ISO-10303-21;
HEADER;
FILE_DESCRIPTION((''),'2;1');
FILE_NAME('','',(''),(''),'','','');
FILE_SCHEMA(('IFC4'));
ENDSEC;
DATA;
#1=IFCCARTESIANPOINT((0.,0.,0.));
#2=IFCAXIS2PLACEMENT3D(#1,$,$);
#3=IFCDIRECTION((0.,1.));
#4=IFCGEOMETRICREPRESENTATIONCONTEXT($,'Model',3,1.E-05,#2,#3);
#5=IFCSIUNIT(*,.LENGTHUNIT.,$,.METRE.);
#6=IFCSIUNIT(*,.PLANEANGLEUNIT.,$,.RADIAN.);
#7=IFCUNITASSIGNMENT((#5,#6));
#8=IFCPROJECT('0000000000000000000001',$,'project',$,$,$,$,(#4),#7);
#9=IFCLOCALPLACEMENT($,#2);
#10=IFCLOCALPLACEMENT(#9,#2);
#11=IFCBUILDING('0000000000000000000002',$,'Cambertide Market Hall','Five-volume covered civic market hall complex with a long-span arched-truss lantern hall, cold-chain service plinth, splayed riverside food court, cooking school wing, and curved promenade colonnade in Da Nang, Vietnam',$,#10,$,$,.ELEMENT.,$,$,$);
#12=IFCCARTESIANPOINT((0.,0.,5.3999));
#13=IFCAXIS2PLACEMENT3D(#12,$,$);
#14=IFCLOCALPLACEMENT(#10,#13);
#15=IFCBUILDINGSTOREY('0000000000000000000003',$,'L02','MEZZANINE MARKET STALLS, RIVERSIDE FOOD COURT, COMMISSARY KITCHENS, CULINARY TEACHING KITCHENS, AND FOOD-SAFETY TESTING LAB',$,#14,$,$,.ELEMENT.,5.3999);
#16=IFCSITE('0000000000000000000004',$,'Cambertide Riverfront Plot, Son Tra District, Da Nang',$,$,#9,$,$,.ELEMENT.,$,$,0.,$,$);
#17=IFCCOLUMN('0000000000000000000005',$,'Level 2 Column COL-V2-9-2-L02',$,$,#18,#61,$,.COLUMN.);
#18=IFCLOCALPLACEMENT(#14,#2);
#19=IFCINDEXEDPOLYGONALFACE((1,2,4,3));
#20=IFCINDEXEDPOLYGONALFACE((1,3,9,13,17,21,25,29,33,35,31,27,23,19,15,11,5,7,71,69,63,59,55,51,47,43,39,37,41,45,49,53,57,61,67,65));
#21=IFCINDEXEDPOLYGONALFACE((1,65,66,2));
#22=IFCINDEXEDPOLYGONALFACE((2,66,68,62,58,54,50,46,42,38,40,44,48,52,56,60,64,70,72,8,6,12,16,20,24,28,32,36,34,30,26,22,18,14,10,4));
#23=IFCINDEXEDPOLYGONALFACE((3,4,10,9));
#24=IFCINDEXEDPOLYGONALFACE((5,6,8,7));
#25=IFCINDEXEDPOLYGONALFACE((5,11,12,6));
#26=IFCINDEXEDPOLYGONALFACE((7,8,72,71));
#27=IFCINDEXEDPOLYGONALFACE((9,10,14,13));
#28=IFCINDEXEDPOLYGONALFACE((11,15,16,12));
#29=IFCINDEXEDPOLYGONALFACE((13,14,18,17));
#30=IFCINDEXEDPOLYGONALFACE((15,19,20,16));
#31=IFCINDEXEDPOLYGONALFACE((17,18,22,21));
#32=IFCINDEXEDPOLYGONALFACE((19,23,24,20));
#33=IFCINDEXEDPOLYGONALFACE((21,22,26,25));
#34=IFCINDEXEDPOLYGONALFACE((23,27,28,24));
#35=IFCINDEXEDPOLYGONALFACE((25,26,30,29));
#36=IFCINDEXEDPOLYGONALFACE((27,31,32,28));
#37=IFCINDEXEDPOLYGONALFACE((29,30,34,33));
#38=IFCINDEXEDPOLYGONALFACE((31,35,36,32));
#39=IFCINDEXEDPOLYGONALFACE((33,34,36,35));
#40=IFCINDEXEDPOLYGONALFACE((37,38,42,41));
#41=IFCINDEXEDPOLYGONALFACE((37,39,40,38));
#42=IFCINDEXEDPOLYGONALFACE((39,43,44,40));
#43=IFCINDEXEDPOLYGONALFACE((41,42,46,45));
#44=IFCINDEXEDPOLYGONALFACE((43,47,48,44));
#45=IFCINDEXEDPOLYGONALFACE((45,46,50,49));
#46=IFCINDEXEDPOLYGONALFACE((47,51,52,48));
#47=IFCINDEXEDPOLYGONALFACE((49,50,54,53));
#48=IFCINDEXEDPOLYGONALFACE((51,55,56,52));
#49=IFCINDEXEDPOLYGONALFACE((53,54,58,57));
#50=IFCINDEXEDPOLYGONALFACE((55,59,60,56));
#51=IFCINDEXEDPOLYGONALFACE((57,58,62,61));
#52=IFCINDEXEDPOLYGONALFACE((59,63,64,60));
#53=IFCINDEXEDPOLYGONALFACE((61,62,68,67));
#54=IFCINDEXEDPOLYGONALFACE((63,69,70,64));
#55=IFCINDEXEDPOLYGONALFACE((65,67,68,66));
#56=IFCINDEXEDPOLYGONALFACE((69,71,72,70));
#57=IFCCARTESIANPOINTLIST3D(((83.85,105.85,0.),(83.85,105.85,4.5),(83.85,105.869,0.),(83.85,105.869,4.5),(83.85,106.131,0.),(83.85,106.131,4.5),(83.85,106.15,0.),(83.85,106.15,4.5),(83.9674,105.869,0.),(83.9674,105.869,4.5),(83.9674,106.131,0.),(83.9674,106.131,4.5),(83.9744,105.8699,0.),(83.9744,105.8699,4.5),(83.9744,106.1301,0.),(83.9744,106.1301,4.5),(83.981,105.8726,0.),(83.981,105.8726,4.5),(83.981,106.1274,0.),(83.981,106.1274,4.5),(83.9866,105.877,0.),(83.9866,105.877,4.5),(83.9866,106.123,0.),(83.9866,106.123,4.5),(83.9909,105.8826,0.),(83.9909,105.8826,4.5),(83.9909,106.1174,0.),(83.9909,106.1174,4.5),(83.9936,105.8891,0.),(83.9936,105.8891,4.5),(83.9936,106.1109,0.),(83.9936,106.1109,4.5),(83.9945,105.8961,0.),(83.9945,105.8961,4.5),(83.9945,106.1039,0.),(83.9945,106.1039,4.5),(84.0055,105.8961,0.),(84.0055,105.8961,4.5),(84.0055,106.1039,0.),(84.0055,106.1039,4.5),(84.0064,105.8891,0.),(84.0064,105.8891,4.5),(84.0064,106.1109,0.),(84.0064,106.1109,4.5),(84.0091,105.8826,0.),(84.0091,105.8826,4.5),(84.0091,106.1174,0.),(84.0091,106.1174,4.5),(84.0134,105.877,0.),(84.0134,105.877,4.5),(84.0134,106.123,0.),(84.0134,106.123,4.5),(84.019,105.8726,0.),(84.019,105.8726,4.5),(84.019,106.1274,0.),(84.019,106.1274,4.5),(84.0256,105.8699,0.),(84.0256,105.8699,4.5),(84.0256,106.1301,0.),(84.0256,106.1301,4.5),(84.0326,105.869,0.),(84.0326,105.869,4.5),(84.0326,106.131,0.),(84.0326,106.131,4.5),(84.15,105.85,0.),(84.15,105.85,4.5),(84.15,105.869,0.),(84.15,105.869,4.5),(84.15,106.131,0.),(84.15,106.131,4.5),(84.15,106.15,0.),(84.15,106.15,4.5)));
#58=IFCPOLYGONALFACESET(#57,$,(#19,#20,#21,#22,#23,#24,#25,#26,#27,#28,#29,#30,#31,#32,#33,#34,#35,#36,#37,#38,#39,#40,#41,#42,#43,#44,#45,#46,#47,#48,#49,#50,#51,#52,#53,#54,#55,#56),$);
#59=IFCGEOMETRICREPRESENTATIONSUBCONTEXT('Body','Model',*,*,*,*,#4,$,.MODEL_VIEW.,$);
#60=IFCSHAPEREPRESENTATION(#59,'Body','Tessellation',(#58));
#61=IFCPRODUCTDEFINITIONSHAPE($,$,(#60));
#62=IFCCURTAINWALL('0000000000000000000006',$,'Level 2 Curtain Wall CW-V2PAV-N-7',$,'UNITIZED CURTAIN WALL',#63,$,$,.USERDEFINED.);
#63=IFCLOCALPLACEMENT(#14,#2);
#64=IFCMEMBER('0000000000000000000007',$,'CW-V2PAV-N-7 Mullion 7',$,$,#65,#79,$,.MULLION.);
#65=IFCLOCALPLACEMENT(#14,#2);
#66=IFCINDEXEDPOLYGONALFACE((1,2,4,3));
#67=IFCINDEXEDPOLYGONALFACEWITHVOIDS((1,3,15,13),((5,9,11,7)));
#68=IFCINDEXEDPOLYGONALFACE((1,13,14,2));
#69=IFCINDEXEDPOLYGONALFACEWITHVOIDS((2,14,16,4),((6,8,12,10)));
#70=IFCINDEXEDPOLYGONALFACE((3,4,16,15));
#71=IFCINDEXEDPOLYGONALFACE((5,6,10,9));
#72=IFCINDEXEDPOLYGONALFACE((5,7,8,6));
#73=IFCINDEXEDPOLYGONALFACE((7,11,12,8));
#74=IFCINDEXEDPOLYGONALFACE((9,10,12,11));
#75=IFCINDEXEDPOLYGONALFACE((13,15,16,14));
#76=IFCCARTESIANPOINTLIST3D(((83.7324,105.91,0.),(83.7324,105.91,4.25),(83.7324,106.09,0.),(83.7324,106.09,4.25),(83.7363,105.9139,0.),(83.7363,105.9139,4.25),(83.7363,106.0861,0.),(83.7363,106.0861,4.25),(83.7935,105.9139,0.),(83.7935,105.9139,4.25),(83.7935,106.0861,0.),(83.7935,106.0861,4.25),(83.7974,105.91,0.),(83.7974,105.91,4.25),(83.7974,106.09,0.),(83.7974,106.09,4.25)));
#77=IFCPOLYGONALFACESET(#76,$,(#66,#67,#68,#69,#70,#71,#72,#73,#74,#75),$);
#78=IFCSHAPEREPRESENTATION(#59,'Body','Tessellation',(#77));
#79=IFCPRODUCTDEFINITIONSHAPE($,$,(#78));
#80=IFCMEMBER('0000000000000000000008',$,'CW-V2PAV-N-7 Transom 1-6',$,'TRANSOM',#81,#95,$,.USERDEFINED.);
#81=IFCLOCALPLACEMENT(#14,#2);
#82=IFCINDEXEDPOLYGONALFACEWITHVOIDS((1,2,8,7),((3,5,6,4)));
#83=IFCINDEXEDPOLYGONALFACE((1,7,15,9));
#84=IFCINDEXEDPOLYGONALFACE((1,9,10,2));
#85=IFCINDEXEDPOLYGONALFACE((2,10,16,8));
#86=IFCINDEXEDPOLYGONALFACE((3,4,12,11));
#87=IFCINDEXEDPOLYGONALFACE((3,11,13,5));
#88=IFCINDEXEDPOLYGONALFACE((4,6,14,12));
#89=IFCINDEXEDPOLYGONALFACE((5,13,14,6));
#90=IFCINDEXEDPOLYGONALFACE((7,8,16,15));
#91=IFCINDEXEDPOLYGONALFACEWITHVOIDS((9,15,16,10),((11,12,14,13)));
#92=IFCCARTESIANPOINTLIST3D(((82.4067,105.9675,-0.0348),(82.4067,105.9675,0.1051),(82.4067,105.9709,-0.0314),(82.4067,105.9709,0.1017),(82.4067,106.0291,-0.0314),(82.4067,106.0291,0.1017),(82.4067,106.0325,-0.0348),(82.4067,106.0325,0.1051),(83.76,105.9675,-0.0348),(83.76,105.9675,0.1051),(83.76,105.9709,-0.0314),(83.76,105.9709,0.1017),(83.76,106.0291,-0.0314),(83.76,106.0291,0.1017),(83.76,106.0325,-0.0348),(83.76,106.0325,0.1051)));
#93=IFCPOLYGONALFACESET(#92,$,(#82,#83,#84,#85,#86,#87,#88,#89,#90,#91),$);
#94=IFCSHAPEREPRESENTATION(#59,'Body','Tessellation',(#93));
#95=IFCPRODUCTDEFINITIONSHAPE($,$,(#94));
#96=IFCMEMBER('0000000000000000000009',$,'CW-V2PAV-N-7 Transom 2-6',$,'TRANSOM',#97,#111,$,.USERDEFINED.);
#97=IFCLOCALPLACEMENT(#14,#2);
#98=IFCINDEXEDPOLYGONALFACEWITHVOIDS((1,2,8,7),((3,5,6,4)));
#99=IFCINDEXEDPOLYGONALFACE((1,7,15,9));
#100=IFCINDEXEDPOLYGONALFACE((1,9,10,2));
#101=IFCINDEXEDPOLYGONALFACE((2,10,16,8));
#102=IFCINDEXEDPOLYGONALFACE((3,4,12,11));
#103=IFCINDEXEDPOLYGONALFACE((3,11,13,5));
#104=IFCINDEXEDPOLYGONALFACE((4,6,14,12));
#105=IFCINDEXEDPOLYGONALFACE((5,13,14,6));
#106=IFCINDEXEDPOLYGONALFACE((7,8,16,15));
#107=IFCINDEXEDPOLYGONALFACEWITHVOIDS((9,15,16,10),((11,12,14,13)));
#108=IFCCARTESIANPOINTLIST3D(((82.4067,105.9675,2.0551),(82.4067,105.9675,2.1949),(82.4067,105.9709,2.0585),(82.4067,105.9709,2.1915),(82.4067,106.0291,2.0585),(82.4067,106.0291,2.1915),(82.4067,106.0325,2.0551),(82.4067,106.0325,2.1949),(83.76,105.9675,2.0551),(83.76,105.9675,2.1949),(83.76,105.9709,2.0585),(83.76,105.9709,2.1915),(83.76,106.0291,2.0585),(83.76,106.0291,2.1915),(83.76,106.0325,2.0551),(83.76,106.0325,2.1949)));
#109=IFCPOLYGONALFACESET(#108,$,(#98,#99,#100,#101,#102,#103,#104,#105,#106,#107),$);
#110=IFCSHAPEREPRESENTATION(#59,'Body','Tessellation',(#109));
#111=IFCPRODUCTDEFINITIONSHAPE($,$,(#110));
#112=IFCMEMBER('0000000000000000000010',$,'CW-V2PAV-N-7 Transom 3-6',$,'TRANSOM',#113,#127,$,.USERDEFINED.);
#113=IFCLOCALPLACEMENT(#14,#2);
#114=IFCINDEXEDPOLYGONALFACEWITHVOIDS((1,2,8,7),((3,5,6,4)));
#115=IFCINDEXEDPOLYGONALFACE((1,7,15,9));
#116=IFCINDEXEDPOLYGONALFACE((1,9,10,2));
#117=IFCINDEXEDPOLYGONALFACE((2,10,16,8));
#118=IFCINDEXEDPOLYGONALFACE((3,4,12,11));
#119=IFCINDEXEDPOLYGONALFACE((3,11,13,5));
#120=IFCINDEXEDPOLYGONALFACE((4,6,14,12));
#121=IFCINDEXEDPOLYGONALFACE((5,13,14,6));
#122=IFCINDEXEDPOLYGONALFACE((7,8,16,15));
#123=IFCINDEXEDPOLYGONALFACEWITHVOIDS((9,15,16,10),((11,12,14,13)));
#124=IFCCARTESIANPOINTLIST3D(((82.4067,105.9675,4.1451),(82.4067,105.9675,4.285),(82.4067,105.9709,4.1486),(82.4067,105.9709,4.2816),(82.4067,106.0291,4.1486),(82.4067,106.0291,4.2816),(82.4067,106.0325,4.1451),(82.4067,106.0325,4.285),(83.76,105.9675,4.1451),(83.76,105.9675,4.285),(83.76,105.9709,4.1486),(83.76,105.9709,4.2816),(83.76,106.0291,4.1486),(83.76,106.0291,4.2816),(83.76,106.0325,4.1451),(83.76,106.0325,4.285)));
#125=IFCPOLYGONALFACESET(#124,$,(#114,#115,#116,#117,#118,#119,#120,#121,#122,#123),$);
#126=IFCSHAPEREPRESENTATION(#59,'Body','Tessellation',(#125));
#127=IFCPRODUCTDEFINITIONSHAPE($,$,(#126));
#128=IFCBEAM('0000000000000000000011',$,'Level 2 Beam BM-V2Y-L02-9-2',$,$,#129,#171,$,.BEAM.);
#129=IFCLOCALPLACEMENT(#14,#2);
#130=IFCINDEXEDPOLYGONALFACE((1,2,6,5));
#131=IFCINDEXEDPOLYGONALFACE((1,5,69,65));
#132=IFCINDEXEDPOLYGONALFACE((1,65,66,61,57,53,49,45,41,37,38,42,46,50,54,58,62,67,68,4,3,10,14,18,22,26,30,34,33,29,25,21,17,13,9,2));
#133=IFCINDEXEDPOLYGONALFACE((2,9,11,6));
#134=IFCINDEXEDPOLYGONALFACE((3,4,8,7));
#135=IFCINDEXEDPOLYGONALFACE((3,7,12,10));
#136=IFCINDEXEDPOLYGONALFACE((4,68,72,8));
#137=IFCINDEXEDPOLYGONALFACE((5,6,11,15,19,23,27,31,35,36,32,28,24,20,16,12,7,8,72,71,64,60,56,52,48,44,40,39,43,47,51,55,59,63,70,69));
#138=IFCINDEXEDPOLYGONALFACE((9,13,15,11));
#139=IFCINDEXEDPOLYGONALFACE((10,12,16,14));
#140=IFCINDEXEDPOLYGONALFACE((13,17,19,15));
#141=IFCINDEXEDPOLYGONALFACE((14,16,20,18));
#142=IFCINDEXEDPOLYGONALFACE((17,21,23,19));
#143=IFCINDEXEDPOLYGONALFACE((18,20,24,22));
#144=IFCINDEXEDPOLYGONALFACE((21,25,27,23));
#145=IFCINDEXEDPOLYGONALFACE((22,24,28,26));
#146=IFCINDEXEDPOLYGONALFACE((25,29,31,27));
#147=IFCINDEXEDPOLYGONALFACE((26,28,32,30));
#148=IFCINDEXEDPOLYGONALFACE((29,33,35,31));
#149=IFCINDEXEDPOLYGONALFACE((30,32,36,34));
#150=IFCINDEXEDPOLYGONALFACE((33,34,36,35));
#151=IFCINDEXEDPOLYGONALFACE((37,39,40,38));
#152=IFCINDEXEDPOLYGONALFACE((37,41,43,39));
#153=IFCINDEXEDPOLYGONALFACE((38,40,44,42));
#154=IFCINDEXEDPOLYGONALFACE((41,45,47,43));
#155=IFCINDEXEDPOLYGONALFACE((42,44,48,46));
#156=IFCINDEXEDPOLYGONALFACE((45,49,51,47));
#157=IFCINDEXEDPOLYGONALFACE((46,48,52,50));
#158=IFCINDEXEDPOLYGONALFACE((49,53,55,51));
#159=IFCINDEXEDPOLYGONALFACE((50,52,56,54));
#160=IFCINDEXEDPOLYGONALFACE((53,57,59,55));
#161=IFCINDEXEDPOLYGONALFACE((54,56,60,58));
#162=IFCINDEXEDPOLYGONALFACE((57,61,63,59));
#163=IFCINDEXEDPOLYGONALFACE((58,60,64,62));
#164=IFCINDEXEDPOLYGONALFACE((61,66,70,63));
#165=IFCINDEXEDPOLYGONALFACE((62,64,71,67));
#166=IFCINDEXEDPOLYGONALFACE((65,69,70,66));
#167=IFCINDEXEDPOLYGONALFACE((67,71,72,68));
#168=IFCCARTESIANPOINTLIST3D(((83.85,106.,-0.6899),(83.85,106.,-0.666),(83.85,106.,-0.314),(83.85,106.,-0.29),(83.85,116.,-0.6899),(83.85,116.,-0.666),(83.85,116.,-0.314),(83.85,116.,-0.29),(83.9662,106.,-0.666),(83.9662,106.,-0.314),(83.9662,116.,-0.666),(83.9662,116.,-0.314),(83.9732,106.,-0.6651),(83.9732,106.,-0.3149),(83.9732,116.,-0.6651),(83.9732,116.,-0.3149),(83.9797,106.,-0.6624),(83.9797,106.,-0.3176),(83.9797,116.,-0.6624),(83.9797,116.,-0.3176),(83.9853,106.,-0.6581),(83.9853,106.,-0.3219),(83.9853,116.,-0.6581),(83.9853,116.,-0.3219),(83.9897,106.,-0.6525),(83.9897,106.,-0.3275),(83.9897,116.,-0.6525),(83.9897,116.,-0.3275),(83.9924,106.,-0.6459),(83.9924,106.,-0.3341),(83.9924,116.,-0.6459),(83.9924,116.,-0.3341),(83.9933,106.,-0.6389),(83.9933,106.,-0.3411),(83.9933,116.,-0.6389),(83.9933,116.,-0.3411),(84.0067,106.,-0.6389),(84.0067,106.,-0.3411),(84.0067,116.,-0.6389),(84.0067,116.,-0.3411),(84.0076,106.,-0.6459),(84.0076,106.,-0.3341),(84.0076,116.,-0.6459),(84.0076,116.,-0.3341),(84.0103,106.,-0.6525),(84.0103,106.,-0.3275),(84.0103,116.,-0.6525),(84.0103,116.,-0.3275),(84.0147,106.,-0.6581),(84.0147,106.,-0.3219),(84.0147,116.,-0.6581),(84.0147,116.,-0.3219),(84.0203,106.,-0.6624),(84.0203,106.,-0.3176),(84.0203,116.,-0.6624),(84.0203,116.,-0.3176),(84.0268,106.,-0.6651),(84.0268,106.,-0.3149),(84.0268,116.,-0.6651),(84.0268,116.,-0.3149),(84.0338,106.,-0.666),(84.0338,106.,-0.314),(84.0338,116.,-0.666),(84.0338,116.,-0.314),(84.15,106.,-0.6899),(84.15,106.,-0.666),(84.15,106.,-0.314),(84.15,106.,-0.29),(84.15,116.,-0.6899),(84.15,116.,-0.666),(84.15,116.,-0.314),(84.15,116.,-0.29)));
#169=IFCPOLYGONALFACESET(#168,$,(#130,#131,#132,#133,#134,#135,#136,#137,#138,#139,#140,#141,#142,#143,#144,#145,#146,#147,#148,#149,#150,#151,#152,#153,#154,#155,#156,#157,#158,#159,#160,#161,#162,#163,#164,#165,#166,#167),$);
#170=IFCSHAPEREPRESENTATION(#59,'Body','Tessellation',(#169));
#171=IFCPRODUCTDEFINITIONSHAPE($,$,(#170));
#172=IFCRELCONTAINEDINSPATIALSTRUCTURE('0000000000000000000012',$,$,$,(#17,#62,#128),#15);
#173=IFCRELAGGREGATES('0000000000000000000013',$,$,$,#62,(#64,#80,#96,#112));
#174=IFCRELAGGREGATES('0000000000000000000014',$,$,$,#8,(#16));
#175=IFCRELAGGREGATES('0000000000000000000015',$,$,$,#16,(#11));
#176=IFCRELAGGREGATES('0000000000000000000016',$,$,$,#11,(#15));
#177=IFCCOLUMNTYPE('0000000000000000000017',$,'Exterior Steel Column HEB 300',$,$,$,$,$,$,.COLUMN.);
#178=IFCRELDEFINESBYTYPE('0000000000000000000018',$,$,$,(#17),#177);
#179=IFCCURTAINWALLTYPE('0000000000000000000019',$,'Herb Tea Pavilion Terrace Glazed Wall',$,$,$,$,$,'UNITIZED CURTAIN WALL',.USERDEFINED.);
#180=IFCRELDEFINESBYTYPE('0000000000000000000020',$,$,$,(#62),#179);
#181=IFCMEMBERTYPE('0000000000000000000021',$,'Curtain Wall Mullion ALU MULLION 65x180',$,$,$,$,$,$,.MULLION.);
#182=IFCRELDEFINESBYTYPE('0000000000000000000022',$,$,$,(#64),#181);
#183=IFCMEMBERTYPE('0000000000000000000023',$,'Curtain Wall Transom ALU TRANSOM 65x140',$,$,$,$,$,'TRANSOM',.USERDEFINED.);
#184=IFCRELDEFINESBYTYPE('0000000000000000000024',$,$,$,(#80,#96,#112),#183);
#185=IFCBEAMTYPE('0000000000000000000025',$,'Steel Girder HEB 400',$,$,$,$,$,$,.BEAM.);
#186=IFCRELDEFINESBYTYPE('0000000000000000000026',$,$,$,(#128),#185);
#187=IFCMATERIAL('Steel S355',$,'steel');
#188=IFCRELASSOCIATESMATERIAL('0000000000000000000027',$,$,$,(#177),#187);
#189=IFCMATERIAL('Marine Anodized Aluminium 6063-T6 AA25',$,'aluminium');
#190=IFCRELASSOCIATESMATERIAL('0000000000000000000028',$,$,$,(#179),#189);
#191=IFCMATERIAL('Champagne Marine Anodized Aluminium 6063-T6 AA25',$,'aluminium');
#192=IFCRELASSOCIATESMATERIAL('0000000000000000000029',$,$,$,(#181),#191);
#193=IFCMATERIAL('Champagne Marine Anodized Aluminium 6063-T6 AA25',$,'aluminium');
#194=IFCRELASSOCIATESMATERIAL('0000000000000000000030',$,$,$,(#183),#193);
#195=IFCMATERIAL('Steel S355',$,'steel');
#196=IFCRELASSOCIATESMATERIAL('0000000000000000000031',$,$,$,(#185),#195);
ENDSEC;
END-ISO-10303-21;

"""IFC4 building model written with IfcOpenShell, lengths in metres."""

from ifc_helpers import new_model, si_unit, direction, frame, origin, origin_2d, place, context, subcontext, project, spatial, hollow_rectangle, i_section, extrude, material, material_profile, profile_set, type_object, element, aggregate, save


model = new_model("IFC4")

# Units and contexts
model_context = context("Model", 3, precision=1e-05, world=origin(), true_north=direction((0.0, 1.0)))
body_context = subcontext(model_context, "Body", "Model", "MODEL_VIEW")
ifc_project = project(units=[si_unit("LENGTHUNIT", "METRE"), si_unit("PLANEANGLEUNIT", "RADIAN")], contexts=[model_context])

# Site, building, storey
site_placement = place(None, origin())
site = spatial("IfcSite", under=ifc_project, at=site_placement, Name="Cambertide Riverfront Plot, Son Tra District, Da Nang", CompositionType="ELEMENT", RefElevation=0.0)
building_placement = place(site_placement, origin())
building = spatial("IfcBuilding", under=site, at=building_placement, Name="Cambertide Market Hall", Description="Five-volume covered civic market hall complex with a long-span arched-truss lantern hall, cold-chain service plinth, splayed riverside food court, cooking school wing, and curved promenade colonnade in Da Nang, Vietnam", CompositionType="ELEMENT")
storey_placement = place(building_placement, frame((0.0, 0.0, 5.3999)))
storey = spatial("IfcBuildingStorey", under=building, at=storey_placement, Name="L02", Description="MEZZANINE MARKET STALLS, RIVERSIDE FOOD COURT, COMMISSARY KITCHENS, CULINARY TEACHING KITCHENS, AND FOOD-SAFETY TESTING LAB", CompositionType="ELEMENT", Elevation=5.3999)

# Column
ifc_material_1 = material(Name="Steel S355", Category="steel")
ifc_material_profile_1 = material_profile(ifc_material_1, i_section(OverallWidth=0.3, OverallDepth=0.3, WebThickness=0.011, FlangeThickness=0.019, FilletRadius=0.0271, at=origin_2d()), Name="HEB 300")
ifc_profile_set_1 = profile_set([ifc_material_profile_1], Name="Steel S355")
column_type = type_object("IfcColumnType", Name="Exterior Steel Column HEB 300", PredefinedType="COLUMN", material=ifc_profile_set_1)
column_placement = place(storey_placement, frame((84.0, 106.0, 0.0), z_axis=(0.0, 0.0, 1.0), x_axis=(1.0, 0.0, 0.0)))
element("IfcColumn", 1, at=column_placement, inside=storey, type_object=column_type, Name="Level 2 Column COL-V2-9-2-L02", PredefinedType="COLUMN", context=body_context, shape_type="SweptSolid", body=[
    extrude(i_section(OverallWidth=0.3, OverallDepth=0.3, WebThickness=0.011, FlangeThickness=0.019, FilletRadius=0.0271, at=origin_2d()), origin(), (0.0, 0.0, 1.0), 4.5),
])

# Curtain wall, members
ifc_material_2 = material(Name="Marine Anodized Aluminium 6063-T6 AA25", Category="aluminium")
curtain_wall_type = type_object("IfcCurtainWallType", Name="Herb Tea Pavilion Terrace Glazed Wall", ElementType="UNITIZED CURTAIN WALL", PredefinedType="USERDEFINED", material=ifc_material_2)
curtain_wall_placement = place(storey_placement, origin())
curtain_wall = element("IfcCurtainWall", 2, at=curtain_wall_placement, inside=storey, type_object=curtain_wall_type, Name="Level 2 Curtain Wall CW-V2PAV-N-7", ObjectType="UNITIZED CURTAIN WALL", PredefinedType="USERDEFINED")
ifc_material_3 = material(Name="Champagne Marine Anodized Aluminium 6063-T6 AA25", Category="aluminium")
ifc_material_profile_2 = material_profile(ifc_material_3, hollow_rectangle(XDim=0.0649, YDim=0.1799, WallThickness=0.0039, at=origin_2d()), Name="ALU MULLION 65x180")
ifc_profile_set_2 = profile_set([ifc_material_profile_2], Name="Champagne Marine Anodized Aluminium 6063-T6 AA25")
member_type_1 = type_object("IfcMemberType", Name="Curtain Wall Mullion ALU MULLION 65x180", PredefinedType="MULLION", material=ifc_profile_set_2)
member_1_placement = place(storey_placement, frame((83.7649, 106.0, 0.0), z_axis=(0.0, 0.0, 1.0), x_axis=(1.0, 0.0, 0.0)))
member_1 = element("IfcMember", 3, at=member_1_placement, type_object=member_type_1, Name="CW-V2PAV-N-7 Mullion 7", PredefinedType="MULLION", context=body_context, shape_type="SweptSolid", body=[
    extrude(hollow_rectangle(XDim=0.0649, YDim=0.1799, WallThickness=0.0039, at=origin_2d()), origin(), (0.0, 0.0, 1.0), 4.25),
])
ifc_material_4 = material(Name="Champagne Marine Anodized Aluminium 6063-T6 AA25", Category="aluminium")
ifc_material_profile_3 = material_profile(ifc_material_4, hollow_rectangle(XDim=0.0649, YDim=0.1399, WallThickness=0.0034, at=origin_2d()), Name="ALU TRANSOM 65x140")
ifc_profile_set_3 = profile_set([ifc_material_profile_3], Name="Champagne Marine Anodized Aluminium 6063-T6 AA25")
member_type_2 = type_object("IfcMemberType", Name="Curtain Wall Transom ALU TRANSOM 65x140", ElementType="TRANSOM", PredefinedType="USERDEFINED", material=ifc_profile_set_3)
member_2_placement = place(storey_placement, frame((82.4067, 106.0, 0.0352), z_axis=(1.0, 0.0, 0.0), x_axis=(0.0, 1.0, 0.0)))
member_2 = element("IfcMember", 4, at=member_2_placement, type_object=member_type_2, Name="CW-V2PAV-N-7 Transom 1-6", ObjectType="TRANSOM", PredefinedType="USERDEFINED", context=body_context, shape_type="SweptSolid", body=[
    extrude(hollow_rectangle(XDim=0.0649, YDim=0.1399, WallThickness=0.0034, at=origin_2d()), origin(), (0.0, 0.0, 1.0), 1.3533),
])
member_3_placement = place(storey_placement, frame((82.4067, 106.0, 2.125), z_axis=(1.0, 0.0, 0.0), x_axis=(0.0, 1.0, 0.0)))
member_3 = element("IfcMember", 5, at=member_3_placement, type_object=member_type_2, Name="CW-V2PAV-N-7 Transom 2-6", ObjectType="TRANSOM", PredefinedType="USERDEFINED", context=body_context, shape_type="SweptSolid", body=[
    extrude(hollow_rectangle(XDim=0.0649, YDim=0.1399, WallThickness=0.0034, at=origin_2d()), origin(), (0.0, 0.0, 1.0), 1.3533),
])
member_4_placement = place(storey_placement, frame((82.4067, 106.0, 4.2151), z_axis=(1.0, 0.0, 0.0), x_axis=(0.0, 1.0, 0.0)))
member_4 = element("IfcMember", 6, at=member_4_placement, type_object=member_type_2, Name="CW-V2PAV-N-7 Transom 3-6", ObjectType="TRANSOM", PredefinedType="USERDEFINED", context=body_context, shape_type="SweptSolid", body=[
    extrude(hollow_rectangle(XDim=0.0649, YDim=0.1399, WallThickness=0.0034, at=origin_2d()), origin(), (0.0, 0.0, 1.0), 1.3533),
])

# Beam
ifc_material_5 = material(Name="Steel S355", Category="steel")
ifc_material_profile_4 = material_profile(ifc_material_5, i_section(OverallWidth=0.3, OverallDepth=0.3999, WebThickness=0.0134, FlangeThickness=0.0239, FilletRadius=0.0271, at=origin_2d()), Name="HEB 400")
ifc_profile_set_4 = profile_set([ifc_material_profile_4], Name="Steel S355")
beam_type_1 = type_object("IfcBeamType", Name="Steel Girder HEB 400", PredefinedType="BEAM", material=ifc_profile_set_4)
for number, where, z_axis, x_axis, name in (
    (7, (84.0, 106.0, -0.49), (0.0, 1.0, 0.0), (-1.0, 0.0, 0.0), "Level 2 Beam BM-V2Y-L02-9-2"),
):
    element("IfcBeam", number, at=place(storey_placement, frame(where, z_axis=z_axis, x_axis=x_axis)), inside=storey, type_object=beam_type_1, Name=name, PredefinedType="BEAM", context=body_context, shape_type="SweptSolid", body=[
        extrude(i_section(OverallWidth=0.3, OverallDepth=0.3999, WebThickness=0.0134, FlangeThickness=0.0239, FilletRadius=0.0271, at=origin_2d()), origin(), (0.0, 0.0, 1.0), 10.0),
    ])

aggregate(curtain_wall, [member_1, member_2, member_3, member_4])

save(model, "model.ifc")
